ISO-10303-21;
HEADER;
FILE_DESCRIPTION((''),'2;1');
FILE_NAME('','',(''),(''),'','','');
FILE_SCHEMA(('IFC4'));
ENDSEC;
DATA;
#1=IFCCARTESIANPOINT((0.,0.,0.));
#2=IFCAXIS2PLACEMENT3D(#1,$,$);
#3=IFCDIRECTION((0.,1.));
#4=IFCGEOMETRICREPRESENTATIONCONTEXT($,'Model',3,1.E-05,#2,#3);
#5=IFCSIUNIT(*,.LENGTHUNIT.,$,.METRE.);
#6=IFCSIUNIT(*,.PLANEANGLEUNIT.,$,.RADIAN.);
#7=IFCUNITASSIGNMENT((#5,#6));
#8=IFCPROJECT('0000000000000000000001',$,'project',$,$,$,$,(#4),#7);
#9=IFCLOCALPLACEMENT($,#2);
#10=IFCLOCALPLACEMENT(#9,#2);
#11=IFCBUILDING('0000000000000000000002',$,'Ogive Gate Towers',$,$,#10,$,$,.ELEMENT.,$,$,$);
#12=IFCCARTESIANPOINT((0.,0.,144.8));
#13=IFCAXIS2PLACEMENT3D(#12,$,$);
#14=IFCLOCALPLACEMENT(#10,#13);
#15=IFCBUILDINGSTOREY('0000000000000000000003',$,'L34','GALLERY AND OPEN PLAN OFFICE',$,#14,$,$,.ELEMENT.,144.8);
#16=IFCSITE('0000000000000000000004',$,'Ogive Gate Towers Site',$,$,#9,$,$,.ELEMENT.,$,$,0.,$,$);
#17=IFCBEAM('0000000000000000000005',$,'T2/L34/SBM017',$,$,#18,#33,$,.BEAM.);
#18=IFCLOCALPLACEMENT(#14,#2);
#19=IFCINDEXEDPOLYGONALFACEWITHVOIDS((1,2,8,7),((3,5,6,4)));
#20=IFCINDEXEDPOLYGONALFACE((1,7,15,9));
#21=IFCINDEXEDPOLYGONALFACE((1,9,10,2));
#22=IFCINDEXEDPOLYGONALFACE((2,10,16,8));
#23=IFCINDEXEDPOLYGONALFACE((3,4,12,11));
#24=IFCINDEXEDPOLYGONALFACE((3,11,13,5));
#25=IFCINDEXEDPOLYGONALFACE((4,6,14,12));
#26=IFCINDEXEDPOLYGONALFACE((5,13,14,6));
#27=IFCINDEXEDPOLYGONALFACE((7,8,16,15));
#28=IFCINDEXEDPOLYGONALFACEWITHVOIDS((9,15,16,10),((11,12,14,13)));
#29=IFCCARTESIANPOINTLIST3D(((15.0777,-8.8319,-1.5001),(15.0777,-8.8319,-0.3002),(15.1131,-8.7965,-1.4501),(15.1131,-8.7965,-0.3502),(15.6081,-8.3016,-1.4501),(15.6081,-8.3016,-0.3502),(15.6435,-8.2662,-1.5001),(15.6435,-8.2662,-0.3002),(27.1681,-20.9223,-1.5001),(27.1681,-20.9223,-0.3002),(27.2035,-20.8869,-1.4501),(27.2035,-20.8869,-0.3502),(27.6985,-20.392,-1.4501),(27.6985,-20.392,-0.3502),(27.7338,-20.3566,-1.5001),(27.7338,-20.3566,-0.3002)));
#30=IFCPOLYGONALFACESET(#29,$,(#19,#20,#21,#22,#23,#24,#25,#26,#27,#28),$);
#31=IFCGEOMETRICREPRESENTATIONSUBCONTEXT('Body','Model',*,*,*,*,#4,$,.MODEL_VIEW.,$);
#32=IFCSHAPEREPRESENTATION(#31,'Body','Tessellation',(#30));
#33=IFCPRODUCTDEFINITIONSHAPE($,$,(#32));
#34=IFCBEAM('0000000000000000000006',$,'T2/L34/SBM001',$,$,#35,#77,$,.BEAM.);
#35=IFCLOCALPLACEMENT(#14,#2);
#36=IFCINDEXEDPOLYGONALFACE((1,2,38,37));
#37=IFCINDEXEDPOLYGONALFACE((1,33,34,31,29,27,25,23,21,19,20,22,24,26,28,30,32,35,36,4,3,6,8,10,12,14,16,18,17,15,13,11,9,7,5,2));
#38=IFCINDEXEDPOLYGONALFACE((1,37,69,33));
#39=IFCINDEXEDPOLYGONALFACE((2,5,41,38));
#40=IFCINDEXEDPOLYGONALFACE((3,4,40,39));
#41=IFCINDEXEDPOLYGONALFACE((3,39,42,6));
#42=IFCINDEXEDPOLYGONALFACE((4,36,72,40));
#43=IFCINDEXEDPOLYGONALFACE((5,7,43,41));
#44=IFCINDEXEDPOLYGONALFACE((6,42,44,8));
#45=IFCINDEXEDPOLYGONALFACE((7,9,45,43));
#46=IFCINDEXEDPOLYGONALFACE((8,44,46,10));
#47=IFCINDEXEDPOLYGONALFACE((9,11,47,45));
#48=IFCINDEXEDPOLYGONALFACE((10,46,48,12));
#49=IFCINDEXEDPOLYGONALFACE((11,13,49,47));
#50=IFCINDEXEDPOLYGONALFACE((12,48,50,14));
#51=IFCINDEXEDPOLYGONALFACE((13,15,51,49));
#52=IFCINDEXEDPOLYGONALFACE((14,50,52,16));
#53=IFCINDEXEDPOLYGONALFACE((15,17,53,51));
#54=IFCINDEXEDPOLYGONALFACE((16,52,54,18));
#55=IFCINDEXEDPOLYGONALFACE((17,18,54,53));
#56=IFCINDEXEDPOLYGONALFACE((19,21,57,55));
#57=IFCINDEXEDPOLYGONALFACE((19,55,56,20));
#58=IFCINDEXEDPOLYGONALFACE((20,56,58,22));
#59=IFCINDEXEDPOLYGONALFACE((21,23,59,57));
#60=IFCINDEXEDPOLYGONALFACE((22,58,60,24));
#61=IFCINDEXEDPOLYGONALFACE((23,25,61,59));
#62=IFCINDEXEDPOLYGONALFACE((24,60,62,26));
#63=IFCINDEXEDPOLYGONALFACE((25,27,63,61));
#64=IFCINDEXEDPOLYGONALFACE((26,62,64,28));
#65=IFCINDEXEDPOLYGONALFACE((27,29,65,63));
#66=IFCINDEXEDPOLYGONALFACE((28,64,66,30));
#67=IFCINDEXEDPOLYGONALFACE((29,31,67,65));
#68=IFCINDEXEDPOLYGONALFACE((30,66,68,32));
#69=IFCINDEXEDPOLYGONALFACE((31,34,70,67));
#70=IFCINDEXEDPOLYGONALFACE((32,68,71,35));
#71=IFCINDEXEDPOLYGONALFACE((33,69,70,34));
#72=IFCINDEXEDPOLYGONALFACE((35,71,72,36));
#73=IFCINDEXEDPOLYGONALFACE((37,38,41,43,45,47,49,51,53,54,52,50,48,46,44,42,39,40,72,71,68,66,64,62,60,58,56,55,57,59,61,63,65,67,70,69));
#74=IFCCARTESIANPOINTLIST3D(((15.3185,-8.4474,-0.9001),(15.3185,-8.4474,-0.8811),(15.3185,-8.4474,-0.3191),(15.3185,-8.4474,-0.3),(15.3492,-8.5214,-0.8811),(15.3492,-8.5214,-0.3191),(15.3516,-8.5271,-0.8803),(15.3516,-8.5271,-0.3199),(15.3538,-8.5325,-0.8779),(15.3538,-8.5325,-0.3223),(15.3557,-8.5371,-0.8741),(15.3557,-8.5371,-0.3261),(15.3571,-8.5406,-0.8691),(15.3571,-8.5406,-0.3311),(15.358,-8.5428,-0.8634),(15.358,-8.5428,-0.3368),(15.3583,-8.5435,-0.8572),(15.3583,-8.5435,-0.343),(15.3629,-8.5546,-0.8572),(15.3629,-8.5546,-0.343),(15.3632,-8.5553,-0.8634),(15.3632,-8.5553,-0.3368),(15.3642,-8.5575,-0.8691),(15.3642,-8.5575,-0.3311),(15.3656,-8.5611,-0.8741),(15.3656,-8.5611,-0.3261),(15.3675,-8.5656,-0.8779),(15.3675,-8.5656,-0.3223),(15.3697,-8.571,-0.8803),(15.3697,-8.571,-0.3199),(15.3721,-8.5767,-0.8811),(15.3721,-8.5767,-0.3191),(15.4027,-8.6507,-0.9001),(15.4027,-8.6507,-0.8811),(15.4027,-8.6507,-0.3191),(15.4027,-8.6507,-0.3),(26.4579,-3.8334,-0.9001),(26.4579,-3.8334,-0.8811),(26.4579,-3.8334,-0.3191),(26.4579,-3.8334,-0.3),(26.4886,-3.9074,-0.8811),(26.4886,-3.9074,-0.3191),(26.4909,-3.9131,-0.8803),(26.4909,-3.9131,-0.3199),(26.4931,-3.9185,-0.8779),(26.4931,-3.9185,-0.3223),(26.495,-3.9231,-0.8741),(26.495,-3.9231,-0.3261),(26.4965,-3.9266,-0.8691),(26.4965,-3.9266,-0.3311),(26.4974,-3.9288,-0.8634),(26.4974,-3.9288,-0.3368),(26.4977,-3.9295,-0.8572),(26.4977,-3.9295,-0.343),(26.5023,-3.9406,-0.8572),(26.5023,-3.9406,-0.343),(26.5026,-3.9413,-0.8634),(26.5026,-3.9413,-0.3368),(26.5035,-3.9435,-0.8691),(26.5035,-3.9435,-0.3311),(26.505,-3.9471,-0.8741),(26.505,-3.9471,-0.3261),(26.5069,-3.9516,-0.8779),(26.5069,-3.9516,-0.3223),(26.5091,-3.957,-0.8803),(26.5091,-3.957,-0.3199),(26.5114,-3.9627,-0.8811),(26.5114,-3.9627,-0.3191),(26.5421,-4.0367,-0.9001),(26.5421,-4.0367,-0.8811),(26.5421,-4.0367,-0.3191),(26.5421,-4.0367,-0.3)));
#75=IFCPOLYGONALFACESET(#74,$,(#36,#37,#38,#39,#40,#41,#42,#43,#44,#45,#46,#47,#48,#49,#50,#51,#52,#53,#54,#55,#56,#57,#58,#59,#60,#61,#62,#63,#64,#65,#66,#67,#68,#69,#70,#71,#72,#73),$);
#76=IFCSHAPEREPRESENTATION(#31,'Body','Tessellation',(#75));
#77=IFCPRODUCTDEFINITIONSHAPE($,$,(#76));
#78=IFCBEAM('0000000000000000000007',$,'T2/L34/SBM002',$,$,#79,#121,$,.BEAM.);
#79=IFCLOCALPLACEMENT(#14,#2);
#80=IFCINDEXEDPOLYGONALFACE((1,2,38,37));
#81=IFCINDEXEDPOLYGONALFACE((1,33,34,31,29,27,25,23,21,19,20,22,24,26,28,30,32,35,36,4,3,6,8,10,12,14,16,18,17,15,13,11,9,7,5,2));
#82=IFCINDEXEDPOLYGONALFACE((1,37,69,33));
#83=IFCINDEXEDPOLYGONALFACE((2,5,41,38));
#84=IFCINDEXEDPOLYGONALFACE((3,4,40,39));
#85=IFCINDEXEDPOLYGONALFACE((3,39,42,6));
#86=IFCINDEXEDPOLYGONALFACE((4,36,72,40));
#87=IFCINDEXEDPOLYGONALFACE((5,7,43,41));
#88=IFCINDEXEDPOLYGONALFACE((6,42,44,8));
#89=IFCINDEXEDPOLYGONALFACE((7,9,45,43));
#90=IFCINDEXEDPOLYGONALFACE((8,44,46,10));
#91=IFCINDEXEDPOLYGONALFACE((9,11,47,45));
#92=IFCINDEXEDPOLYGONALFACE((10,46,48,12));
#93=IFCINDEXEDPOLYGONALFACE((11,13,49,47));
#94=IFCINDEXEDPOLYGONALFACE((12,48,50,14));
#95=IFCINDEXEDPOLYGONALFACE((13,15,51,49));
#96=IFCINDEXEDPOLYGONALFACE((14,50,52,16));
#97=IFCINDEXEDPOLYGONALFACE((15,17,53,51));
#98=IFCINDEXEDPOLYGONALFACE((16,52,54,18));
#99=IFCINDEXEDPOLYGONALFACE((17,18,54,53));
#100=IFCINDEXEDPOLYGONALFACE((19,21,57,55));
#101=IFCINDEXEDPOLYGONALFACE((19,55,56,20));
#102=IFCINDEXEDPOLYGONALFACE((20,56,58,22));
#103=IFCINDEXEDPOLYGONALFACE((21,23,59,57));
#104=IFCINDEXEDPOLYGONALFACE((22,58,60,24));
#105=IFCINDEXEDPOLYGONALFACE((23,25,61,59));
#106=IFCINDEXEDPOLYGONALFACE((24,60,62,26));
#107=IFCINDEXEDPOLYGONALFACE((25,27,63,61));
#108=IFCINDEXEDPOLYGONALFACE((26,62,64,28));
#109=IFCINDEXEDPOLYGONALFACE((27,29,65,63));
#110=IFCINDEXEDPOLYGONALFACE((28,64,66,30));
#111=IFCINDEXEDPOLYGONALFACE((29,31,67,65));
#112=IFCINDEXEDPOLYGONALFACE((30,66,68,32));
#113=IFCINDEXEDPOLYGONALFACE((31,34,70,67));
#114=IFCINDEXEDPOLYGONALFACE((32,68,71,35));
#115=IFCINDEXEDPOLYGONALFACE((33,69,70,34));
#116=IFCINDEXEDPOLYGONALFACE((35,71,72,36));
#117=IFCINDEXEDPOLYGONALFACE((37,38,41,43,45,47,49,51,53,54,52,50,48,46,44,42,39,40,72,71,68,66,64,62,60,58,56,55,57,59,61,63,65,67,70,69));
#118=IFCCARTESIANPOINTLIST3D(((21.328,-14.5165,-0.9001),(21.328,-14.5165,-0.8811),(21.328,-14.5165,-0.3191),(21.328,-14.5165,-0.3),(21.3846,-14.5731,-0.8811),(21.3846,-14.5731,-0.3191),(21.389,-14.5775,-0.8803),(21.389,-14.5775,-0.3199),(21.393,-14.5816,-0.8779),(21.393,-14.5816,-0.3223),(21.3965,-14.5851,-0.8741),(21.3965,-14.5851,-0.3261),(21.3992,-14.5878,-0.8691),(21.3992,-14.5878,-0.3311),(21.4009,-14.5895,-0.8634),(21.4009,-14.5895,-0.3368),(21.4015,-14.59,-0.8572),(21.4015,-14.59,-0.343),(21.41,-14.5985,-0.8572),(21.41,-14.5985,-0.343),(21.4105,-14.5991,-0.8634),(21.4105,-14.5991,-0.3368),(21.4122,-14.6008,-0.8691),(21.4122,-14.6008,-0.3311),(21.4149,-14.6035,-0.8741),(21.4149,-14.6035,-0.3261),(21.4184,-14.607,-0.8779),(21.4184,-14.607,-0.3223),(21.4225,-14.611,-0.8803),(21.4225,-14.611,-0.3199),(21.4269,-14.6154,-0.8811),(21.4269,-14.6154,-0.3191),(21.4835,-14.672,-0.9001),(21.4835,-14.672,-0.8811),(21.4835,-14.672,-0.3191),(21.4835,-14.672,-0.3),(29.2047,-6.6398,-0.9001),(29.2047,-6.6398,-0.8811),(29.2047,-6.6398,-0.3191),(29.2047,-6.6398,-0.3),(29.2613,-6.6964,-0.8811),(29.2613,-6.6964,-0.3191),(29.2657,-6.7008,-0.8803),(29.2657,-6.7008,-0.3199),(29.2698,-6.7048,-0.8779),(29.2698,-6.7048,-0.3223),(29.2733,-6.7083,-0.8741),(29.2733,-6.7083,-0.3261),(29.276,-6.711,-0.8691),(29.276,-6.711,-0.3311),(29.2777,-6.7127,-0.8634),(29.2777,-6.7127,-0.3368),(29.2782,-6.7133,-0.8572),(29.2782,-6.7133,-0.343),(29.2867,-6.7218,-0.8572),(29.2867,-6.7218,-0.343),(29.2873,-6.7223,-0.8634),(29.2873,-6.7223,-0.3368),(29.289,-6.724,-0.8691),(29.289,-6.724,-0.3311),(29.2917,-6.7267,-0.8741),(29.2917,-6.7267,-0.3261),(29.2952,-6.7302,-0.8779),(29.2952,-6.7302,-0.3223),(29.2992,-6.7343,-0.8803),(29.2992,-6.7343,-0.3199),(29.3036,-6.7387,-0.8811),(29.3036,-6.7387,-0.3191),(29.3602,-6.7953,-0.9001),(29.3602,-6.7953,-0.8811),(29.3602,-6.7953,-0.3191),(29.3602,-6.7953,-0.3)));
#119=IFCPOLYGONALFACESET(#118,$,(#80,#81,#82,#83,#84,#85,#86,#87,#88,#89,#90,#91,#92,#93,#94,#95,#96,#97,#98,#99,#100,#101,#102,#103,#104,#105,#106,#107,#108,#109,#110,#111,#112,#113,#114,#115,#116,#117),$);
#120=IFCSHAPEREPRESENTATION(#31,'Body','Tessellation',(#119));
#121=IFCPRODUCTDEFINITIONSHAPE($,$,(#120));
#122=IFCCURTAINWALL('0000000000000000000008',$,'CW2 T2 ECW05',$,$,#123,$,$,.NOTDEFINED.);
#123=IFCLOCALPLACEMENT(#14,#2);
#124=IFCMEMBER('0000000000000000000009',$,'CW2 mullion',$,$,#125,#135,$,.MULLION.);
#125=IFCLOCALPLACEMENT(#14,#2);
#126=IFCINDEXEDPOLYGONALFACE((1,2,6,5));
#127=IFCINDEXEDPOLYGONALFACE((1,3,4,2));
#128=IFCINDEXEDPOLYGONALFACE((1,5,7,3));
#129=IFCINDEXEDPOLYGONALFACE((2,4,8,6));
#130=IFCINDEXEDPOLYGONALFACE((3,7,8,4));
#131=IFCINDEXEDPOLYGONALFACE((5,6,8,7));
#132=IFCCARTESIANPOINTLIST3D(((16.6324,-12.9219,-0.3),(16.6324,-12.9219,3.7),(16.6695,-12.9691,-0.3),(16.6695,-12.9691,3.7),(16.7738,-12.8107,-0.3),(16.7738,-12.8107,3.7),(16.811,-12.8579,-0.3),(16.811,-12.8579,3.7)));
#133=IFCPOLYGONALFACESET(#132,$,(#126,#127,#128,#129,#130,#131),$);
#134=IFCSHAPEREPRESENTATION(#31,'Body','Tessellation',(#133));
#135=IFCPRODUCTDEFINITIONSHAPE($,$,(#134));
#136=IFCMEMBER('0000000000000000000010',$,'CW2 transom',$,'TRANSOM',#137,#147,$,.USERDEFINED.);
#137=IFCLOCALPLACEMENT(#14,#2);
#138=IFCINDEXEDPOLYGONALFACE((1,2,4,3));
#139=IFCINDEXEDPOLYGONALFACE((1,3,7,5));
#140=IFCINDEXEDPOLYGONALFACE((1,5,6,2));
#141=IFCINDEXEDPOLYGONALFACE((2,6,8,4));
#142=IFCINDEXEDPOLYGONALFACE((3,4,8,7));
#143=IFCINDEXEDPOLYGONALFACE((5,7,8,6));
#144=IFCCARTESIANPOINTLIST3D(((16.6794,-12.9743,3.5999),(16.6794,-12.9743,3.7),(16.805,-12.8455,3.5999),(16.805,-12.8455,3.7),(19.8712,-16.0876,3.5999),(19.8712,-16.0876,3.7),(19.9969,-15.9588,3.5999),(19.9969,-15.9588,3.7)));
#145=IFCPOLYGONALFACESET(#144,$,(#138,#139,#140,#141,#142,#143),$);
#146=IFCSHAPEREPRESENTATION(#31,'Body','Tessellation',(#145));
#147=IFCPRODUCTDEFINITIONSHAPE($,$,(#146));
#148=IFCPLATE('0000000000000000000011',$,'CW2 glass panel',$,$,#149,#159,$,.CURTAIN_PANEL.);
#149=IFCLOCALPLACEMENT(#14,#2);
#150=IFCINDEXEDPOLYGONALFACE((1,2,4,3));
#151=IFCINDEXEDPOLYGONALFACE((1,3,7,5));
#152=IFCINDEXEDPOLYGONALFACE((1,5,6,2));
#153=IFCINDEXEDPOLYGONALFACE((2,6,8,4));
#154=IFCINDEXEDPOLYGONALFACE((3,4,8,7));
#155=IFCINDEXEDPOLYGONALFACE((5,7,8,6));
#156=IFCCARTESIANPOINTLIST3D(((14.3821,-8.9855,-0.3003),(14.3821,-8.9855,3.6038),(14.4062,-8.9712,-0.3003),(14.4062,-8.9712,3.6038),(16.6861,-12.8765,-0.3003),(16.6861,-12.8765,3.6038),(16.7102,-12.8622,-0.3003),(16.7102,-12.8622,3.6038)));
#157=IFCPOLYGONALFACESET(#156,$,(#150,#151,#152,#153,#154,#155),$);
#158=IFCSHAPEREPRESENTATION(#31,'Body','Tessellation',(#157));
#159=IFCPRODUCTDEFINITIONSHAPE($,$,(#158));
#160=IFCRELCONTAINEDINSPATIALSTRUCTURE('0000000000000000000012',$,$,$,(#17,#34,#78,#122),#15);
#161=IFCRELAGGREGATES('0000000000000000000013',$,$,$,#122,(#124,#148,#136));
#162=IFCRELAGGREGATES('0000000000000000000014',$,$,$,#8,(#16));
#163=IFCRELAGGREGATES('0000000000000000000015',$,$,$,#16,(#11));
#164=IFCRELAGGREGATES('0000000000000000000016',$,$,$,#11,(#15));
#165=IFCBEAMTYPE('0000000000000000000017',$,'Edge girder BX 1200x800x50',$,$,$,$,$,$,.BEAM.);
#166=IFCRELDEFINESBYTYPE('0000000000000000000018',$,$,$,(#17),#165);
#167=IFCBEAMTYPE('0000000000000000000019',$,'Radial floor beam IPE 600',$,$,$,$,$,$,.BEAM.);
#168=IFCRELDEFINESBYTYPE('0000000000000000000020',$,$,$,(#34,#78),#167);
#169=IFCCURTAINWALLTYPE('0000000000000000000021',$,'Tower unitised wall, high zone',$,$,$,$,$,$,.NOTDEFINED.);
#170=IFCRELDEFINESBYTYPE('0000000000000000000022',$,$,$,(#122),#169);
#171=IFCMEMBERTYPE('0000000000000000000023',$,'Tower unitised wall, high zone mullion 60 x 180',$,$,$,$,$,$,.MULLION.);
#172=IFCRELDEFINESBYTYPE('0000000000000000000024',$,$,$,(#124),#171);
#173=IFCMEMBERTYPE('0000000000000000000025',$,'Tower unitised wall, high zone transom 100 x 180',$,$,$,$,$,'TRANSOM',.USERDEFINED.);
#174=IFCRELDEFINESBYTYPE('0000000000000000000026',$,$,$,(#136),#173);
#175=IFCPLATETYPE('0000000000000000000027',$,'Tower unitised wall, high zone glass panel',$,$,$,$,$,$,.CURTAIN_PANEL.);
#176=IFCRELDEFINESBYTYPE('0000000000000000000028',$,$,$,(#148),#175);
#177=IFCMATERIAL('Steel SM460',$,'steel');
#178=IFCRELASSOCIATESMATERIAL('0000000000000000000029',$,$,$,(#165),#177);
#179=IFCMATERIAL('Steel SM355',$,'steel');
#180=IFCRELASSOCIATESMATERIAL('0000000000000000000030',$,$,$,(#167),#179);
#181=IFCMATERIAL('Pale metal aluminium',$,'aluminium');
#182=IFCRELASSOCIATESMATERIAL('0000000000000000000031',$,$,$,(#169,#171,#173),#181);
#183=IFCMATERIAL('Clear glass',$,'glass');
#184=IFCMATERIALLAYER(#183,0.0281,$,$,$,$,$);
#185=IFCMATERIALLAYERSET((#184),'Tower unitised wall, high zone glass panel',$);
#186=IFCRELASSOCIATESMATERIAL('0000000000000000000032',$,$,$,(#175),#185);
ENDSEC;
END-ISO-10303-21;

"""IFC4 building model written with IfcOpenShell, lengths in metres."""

from ifc_helpers import new_model, si_unit, direction, frame, origin, origin_2d, place, context, subcontext, project, spatial, rectangle, hollow_rectangle, i_section, extrude, material, layer, layer_set, material_profile, profile_set, type_object, element, aggregate, save


model = new_model("IFC4")

# Units and contexts
model_context = context("Model", 3, precision=1e-05, world=origin(), true_north=direction((0.0, 1.0)))
body_context = subcontext(model_context, "Body", "Model", "MODEL_VIEW")
ifc_project = project(units=[si_unit("LENGTHUNIT", "METRE"), si_unit("PLANEANGLEUNIT", "RADIAN")], contexts=[model_context])

# Site, building, storey
site_placement = place(None, origin())
site = spatial("IfcSite", under=ifc_project, at=site_placement, Name="Ogive Gate Towers Site", CompositionType="ELEMENT", RefElevation=0.0)
building_placement = place(site_placement, origin())
building = spatial("IfcBuilding", under=site, at=building_placement, Name="Ogive Gate Towers", CompositionType="ELEMENT")
storey_placement = place(building_placement, frame((0.0, 0.0, 144.8)))
storey = spatial("IfcBuildingStorey", under=building, at=storey_placement, Name="L34", Description="GALLERY AND OPEN PLAN OFFICE", CompositionType="ELEMENT", Elevation=144.8)

# Beams
ifc_material_1 = material(Name="Steel SM460", Category="steel")
ifc_material_profile_1 = material_profile(ifc_material_1, hollow_rectangle(XDim=0.8, YDim=1.2, WallThickness=0.05, at=origin_2d()), Name="BX 1200x800x50")
ifc_profile_set_1 = profile_set([ifc_material_profile_1], Name="Steel SM460")
beam_type_1 = type_object("IfcBeamType", Name="Edge girder BX 1200x800x50", PredefinedType="BEAM", material=ifc_profile_set_1)
beam_1_placement = place(storey_placement, frame((15.3606, -8.5491, -0.9001), z_axis=(0.707107, -0.707107, 0.0), x_axis=(0.707107, 0.707107, 0.0)))
element("IfcBeam", 1, at=beam_1_placement, inside=storey, type_object=beam_type_1, Name="T2/L34/SBM017", PredefinedType="BEAM", context=body_context, shape_type="SweptSolid", body=[
    extrude(hollow_rectangle(XDim=0.8, YDim=1.2, WallThickness=0.05, at=origin_2d()), origin(), (0.0, 0.0, 1.0), 17.0984),
])
ifc_material_2 = material(Name="Steel SM355", Category="steel")
ifc_material_profile_2 = material_profile(ifc_material_2, i_section(OverallWidth=0.22, OverallDepth=0.6001, WebThickness=0.012, FlangeThickness=0.019, FilletRadius=0.0239, at=origin_2d()), Name="IPE 600")
ifc_profile_set_2 = profile_set([ifc_material_profile_2], Name="Steel SM355")
beam_type_2 = type_object("IfcBeamType", Name="Radial floor beam IPE 600", PredefinedType="BEAM", material=ifc_profile_set_2)
beam_2_placement = place(storey_placement, frame((26.5, -3.9351, -0.6001), z_axis=(-0.923882, -0.382678, 0.0), x_axis=(0.382678, -0.923882, 0.0)))
element("IfcBeam", 2, at=beam_2_placement, inside=storey, type_object=beam_type_2, Name="T2/L34/SBM001", PredefinedType="BEAM", context=body_context, shape_type="SweptSolid", body=[
    extrude(i_section(OverallWidth=0.22, OverallDepth=0.6001, WebThickness=0.012, FlangeThickness=0.019, FilletRadius=0.0239, at=origin_2d()), origin(), (0.0, 0.0, 1.0), 12.0571),
])
beam_3_placement = place(storey_placement, frame((29.2825, -6.7175, -0.6001), z_axis=(-0.707107, -0.707107, 0.0), x_axis=(0.707107, -0.707107, 0.0)))
element("IfcBeam", 3, at=beam_3_placement, inside=storey, type_object=beam_type_2, Name="T2/L34/SBM002", PredefinedType="BEAM", context=body_context, shape_type="SweptSolid", body=[
    extrude(i_section(OverallWidth=0.22, OverallDepth=0.6001, WebThickness=0.012, FlangeThickness=0.019, FilletRadius=0.0239, at=origin_2d()), origin(), (0.0, 0.0, 1.0), 11.1394),
])

# Curtain wall, members, plate
ifc_material_3 = material(Name="Pale metal aluminium", Category="aluminium")
curtain_wall_type = type_object("IfcCurtainWallType", Name="Tower unitised wall, high zone", PredefinedType="NOTDEFINED", material=ifc_material_3)
curtain_wall_placement = place(storey_placement, origin())
curtain_wall = element("IfcCurtainWall", 4, at=curtain_wall_placement, inside=storey, type_object=curtain_wall_type, Name="CW2 T2 ECW05", PredefinedType="NOTDEFINED")
ifc_material_profile_3 = material_profile(ifc_material_3, rectangle(XDim=0.1799, YDim=0.0601, at=origin_2d()), Name="60 x 180 aluminium box")
ifc_profile_set_3 = profile_set([ifc_material_profile_3], Name="Pale metal aluminium")
member_type_1 = type_object("IfcMemberType", Name="Tower unitised wall, high zone mullion 60 x 180", PredefinedType="MULLION", material=ifc_profile_set_3)
member_1_placement = place(storey_placement, frame((16.7217, -12.8899, -0.3), z_axis=(0.0, 0.0, 1.0), x_axis=(-0.786148, -0.618038, 0.0)))
member_1 = element("IfcMember", 5, at=member_1_placement, type_object=member_type_1, Name="CW2 mullion", PredefinedType="MULLION", context=body_context, shape_type="SweptSolid", body=[
    extrude(rectangle(XDim=0.1799, YDim=0.0601, at=origin_2d()), origin(), (0.0, 0.0, 1.0), 4.0),
])
ifc_material_profile_4 = material_profile(ifc_material_3, rectangle(XDim=0.1799, YDim=0.1001, at=origin_2d()), Name="100 x 180 aluminium box")
ifc_profile_set_4 = profile_set([ifc_material_profile_4], Name="Pale metal aluminium")
member_type_2 = type_object("IfcMemberType", Name="Tower unitised wall, high zone transom 100 x 180", ElementType="TRANSOM", PredefinedType="USERDEFINED", material=ifc_profile_set_4)
member_2_placement = place(storey_placement, frame((16.7422, -12.9099, 3.6499), z_axis=(0.715867, -0.698236, 0.0), x_axis=(0.698236, 0.715867, 0.0)))
member_2 = element("IfcMember", 6, at=member_2_placement, type_object=member_type_2, Name="CW2 transom", ObjectType="TRANSOM", PredefinedType="USERDEFINED", context=body_context, shape_type="SweptSolid", body=[
    extrude(rectangle(XDim=0.1799, YDim=0.1001, at=origin_2d()), origin(), (0.0, 0.0, 1.0), 4.4587),
])
ifc_material_4 = material(Name="Clear glass", Category="glass")
ifc_layer_1 = layer(ifc_material_4, 0.0281)
ifc_layer_set_1 = layer_set([ifc_layer_1], Name="Tower unitised wall, high zone glass panel")
plate_type = type_object("IfcPlateType", Name="Tower unitised wall, high zone glass panel", PredefinedType="CURTAIN_PANEL", material=ifc_layer_set_1)
plate_placement = place(storey_placement, frame((15.5461, -10.9238, -0.3003), z_axis=(0.0, 0.0, 1.0), x_axis=(0.509507, -0.860466, 0.0)))
plate = element("IfcPlate", 7, at=plate_placement, type_object=plate_type, Name="CW2 glass panel", PredefinedType="CURTAIN_PANEL", context=body_context, shape_type="SweptSolid", body=[
    extrude(rectangle(XDim=4.522, YDim=0.0281, at=origin_2d()), origin(), (0.0, 0.0, 1.0), 3.9041),
])
aggregate(curtain_wall, [member_1, plate, member_2])

save(model, "model.ifc")
